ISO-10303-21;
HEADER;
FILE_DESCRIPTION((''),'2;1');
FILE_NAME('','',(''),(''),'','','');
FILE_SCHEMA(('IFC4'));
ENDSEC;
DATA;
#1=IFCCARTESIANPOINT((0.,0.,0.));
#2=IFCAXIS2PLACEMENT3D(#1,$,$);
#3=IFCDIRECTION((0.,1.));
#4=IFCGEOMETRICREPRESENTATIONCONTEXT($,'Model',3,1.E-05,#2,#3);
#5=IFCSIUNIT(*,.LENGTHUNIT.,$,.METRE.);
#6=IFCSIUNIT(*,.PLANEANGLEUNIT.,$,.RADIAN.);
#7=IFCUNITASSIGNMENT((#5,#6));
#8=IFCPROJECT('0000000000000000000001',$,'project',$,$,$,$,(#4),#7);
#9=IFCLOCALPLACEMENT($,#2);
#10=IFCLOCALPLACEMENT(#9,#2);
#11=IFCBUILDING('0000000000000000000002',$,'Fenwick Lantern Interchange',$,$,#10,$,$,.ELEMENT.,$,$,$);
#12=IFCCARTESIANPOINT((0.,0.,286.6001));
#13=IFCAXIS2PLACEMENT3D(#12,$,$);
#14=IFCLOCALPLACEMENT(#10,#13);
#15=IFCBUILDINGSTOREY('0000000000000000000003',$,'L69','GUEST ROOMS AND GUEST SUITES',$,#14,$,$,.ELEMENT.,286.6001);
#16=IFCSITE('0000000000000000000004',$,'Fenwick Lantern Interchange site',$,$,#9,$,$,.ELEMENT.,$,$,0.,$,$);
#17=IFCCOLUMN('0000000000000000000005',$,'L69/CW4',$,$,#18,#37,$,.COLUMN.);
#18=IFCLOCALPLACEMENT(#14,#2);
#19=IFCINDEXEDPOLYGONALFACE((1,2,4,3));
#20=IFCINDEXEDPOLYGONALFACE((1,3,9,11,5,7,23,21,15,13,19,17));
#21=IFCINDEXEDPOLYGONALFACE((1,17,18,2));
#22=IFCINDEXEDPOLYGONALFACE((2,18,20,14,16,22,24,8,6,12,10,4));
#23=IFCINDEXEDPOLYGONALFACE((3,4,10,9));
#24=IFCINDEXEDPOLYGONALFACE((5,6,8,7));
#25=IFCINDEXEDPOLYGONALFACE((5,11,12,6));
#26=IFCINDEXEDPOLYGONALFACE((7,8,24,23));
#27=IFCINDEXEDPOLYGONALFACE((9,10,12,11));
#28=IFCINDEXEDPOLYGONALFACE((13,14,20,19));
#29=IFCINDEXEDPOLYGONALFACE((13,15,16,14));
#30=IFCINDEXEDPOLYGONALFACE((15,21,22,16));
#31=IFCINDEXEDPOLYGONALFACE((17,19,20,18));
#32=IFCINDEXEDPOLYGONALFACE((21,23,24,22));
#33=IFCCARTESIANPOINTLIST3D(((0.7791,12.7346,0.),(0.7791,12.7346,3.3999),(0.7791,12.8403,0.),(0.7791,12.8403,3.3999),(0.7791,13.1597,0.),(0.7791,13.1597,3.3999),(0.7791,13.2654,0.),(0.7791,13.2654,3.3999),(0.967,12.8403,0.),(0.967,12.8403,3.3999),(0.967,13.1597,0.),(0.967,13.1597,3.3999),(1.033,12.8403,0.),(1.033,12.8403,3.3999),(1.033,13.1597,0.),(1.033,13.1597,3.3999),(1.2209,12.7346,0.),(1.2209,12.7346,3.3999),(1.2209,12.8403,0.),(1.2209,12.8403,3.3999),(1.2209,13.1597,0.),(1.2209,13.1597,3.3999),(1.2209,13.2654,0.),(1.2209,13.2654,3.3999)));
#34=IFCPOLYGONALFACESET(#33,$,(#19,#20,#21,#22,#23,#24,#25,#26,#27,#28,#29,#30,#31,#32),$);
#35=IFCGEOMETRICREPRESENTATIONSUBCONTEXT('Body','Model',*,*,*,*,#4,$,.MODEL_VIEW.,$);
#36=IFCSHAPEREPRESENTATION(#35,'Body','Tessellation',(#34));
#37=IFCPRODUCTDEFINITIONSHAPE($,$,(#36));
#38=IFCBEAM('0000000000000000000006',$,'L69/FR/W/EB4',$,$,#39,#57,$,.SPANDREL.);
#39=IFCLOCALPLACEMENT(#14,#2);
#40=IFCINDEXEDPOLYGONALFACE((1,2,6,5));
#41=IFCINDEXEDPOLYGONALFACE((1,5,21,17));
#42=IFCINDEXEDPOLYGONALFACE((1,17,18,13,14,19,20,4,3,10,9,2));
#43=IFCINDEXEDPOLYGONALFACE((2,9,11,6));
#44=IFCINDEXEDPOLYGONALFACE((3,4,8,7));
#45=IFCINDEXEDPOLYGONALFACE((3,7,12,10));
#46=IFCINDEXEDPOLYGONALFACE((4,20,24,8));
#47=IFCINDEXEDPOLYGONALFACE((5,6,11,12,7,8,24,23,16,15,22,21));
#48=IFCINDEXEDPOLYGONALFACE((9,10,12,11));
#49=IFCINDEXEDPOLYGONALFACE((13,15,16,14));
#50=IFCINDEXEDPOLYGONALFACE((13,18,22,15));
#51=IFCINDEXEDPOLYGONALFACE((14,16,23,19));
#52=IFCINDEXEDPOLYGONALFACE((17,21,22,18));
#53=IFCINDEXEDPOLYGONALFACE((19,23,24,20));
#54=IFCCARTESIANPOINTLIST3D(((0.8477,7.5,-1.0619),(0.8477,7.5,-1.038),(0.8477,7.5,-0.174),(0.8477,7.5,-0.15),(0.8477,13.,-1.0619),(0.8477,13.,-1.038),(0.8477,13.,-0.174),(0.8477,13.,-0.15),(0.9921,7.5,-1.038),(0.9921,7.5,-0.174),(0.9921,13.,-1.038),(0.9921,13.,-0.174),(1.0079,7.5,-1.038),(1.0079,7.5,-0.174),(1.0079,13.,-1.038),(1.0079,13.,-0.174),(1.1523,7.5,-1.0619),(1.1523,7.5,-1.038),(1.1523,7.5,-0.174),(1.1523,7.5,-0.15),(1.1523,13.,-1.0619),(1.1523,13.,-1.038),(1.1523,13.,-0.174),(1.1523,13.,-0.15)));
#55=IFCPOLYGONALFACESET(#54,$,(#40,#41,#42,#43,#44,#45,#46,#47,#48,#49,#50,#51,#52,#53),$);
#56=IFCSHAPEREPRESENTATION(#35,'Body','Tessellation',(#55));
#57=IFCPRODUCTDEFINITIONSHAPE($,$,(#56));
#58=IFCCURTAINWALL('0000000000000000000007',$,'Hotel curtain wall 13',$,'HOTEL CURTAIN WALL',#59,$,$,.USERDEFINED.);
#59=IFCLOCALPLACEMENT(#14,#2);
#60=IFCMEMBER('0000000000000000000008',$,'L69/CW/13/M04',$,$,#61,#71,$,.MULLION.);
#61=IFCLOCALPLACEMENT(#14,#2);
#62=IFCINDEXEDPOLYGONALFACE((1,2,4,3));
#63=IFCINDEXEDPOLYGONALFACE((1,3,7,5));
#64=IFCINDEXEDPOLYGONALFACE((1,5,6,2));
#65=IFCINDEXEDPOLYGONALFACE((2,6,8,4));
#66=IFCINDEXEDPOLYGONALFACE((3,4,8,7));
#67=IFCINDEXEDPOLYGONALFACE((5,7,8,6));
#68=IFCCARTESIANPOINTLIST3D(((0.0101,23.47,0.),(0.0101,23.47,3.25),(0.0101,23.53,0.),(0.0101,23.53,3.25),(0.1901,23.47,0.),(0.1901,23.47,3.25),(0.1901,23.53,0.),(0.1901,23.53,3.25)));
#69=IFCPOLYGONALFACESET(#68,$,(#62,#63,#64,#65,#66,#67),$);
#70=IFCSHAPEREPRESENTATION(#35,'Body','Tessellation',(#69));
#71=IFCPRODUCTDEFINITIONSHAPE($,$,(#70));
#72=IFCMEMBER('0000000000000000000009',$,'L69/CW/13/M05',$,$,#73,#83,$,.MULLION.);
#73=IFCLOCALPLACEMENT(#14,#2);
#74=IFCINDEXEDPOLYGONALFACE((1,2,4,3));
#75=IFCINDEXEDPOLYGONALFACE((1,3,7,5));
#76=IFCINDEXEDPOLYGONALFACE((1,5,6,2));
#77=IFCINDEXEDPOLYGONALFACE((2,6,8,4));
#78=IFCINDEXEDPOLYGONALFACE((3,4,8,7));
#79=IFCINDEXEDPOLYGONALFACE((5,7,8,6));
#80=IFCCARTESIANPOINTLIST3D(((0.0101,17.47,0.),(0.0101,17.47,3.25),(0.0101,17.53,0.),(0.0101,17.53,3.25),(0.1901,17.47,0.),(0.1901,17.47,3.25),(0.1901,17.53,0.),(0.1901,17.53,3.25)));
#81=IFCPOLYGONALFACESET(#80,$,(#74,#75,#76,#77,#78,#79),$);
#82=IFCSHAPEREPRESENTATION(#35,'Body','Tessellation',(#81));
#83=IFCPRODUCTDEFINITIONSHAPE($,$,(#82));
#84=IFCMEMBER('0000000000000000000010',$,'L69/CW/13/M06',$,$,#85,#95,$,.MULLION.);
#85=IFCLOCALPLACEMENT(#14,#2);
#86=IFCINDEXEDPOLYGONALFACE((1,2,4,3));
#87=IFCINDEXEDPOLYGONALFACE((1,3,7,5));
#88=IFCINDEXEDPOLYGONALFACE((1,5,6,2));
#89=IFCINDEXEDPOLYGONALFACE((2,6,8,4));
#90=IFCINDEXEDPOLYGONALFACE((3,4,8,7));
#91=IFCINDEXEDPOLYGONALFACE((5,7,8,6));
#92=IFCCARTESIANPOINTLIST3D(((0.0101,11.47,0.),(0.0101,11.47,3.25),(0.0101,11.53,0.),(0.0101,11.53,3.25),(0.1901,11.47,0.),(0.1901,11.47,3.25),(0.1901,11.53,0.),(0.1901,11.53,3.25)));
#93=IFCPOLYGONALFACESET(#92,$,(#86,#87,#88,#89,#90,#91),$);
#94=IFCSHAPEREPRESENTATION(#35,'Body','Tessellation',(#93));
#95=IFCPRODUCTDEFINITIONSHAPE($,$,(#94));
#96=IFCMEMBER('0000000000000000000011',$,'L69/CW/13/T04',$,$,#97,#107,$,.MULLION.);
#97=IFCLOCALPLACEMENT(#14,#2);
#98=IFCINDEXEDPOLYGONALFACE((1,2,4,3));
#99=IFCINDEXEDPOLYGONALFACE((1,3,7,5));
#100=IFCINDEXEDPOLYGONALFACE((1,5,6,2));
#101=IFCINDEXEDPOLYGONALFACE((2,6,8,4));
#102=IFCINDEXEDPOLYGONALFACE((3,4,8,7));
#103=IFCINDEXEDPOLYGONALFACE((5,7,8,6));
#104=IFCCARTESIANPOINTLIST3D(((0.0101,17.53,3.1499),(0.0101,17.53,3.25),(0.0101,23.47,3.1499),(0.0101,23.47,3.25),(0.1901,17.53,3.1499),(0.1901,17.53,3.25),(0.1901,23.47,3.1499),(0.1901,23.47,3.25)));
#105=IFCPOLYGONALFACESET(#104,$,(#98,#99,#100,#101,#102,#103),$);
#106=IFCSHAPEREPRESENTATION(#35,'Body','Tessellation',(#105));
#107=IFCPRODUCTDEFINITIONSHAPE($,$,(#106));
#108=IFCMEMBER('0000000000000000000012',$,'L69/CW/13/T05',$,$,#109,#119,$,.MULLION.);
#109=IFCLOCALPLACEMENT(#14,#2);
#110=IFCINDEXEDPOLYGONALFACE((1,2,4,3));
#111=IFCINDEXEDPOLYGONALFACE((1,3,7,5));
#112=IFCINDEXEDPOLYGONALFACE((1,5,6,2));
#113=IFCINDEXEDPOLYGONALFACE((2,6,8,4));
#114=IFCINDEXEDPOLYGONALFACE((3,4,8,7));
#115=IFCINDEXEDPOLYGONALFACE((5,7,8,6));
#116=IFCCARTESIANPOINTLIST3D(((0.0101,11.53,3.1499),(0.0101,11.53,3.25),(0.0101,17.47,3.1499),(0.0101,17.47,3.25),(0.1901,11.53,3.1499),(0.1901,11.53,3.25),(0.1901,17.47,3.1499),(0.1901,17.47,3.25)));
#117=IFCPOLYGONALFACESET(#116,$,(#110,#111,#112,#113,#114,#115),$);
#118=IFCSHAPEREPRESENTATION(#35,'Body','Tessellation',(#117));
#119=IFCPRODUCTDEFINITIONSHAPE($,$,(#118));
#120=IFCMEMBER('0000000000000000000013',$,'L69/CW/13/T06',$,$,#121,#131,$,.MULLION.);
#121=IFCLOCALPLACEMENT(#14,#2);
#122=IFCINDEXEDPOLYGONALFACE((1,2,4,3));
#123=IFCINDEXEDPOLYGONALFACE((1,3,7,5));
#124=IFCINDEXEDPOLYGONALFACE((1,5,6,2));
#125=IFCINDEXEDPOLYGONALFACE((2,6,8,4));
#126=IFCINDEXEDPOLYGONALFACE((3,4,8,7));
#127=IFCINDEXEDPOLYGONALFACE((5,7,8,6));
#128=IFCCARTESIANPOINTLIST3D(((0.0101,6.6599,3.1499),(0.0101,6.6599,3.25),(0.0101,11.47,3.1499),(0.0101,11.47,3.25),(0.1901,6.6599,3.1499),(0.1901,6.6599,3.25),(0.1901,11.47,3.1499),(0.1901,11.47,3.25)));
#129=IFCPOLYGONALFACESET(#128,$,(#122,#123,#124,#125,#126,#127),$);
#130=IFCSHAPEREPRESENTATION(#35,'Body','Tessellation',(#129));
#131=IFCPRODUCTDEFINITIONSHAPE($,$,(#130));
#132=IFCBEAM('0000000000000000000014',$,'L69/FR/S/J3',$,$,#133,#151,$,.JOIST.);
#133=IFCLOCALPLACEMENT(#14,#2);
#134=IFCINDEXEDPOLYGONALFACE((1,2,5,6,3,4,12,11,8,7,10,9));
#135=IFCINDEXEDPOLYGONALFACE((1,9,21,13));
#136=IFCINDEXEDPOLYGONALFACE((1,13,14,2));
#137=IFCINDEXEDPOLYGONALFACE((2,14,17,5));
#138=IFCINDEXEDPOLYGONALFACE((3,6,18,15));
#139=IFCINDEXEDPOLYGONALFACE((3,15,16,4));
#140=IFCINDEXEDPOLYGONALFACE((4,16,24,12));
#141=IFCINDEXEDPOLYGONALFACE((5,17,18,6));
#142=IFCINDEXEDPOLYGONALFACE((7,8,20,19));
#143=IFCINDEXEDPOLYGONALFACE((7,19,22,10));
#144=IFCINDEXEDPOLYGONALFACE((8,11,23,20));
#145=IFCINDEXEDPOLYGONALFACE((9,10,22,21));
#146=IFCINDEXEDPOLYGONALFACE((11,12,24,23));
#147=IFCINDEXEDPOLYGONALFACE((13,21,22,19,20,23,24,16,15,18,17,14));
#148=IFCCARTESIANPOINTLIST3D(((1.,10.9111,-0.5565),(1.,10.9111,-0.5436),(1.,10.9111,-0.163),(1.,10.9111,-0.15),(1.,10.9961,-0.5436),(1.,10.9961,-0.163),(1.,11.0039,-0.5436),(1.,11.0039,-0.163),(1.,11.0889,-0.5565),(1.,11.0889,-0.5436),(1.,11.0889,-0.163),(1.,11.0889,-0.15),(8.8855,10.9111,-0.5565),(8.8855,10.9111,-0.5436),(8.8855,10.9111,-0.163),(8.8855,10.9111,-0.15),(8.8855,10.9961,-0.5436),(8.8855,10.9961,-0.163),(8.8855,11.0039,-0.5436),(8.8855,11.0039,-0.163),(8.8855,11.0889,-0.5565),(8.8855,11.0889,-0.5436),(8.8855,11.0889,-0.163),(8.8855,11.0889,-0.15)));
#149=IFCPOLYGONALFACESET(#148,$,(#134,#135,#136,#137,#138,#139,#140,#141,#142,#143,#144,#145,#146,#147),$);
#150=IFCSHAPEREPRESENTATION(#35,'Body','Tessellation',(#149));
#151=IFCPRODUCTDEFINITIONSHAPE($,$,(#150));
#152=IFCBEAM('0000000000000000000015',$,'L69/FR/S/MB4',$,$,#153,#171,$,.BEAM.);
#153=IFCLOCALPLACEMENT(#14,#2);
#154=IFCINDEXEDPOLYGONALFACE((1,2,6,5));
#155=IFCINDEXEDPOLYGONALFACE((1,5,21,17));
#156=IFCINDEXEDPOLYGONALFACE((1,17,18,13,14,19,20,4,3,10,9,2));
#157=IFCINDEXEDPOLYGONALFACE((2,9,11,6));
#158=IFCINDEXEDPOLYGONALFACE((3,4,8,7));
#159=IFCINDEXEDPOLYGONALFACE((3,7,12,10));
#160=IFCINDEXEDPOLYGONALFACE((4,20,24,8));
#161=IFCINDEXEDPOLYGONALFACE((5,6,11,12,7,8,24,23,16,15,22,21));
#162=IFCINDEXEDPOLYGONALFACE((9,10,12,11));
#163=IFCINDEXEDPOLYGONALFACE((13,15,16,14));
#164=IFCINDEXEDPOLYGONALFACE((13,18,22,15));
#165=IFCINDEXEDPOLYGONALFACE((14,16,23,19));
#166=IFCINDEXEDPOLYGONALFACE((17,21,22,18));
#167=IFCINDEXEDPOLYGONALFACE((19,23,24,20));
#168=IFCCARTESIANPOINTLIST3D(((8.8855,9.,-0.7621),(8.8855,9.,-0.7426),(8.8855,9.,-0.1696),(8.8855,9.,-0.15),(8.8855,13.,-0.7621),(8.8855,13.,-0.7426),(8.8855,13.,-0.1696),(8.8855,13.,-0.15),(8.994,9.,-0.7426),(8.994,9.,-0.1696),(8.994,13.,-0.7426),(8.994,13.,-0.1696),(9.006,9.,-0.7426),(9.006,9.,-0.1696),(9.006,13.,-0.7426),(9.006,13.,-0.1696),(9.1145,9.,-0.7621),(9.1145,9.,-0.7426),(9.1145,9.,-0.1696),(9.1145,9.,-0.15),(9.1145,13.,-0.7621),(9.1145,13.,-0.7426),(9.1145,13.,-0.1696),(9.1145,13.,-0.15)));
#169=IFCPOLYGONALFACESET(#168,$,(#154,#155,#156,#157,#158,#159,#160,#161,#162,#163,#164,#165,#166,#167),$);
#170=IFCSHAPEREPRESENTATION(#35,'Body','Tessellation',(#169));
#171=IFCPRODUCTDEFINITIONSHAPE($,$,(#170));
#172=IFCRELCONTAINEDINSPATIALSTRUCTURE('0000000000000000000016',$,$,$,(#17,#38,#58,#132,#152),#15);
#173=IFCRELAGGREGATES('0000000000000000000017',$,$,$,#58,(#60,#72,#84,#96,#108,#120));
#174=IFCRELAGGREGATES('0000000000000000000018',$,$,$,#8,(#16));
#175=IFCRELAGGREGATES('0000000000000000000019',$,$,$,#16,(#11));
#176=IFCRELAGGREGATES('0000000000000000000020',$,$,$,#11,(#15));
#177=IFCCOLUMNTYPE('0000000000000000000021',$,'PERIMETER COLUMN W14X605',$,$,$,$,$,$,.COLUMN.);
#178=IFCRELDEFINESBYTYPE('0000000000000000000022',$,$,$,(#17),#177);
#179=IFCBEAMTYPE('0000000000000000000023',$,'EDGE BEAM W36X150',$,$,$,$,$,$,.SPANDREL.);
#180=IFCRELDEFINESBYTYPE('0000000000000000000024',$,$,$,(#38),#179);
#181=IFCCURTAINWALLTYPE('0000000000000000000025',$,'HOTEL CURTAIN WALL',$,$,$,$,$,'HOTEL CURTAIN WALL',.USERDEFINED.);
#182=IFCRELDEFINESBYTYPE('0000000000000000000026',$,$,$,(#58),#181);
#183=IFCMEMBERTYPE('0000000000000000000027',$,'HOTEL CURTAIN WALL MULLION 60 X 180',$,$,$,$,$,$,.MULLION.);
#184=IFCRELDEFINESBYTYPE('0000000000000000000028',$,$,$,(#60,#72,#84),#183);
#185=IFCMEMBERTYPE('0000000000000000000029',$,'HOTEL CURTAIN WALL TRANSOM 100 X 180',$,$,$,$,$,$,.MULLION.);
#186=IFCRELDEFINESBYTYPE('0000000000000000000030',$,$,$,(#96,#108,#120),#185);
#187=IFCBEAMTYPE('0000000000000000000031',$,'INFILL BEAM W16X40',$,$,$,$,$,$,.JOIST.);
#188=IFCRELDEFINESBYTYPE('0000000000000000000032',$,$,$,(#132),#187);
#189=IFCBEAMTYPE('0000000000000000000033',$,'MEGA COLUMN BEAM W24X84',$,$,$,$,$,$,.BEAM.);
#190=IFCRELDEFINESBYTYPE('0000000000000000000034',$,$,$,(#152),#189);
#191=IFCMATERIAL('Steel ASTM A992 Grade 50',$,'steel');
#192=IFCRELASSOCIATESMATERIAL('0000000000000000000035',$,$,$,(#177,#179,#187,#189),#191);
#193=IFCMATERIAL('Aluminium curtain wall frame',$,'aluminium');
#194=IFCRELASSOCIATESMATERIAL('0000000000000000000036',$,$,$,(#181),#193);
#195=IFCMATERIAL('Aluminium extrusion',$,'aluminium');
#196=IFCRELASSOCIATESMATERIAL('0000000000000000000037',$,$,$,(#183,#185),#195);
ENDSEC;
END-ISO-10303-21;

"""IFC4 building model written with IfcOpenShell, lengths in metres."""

from ifc_helpers import new_model, si_unit, direction, frame, origin, origin_2d, place, context, subcontext, project, spatial, rectangle, i_section, extrude, material, material_profile, profile_set, type_object, element, aggregate, save


model = new_model("IFC4")

# Units and contexts
model_context = context("Model", 3, precision=1e-05, world=origin(), true_north=direction((0.0, 1.0)))
body_context = subcontext(model_context, "Body", "Model", "MODEL_VIEW")
ifc_project = project(units=[si_unit("LENGTHUNIT", "METRE"), si_unit("PLANEANGLEUNIT", "RADIAN")], contexts=[model_context])

# Site, building, storey
site_placement = place(None, origin())
site = spatial("IfcSite", under=ifc_project, at=site_placement, Name="Fenwick Lantern Interchange site", CompositionType="ELEMENT", RefElevation=0.0)
building_placement = place(site_placement, origin())
building = spatial("IfcBuilding", under=site, at=building_placement, Name="Fenwick Lantern Interchange", CompositionType="ELEMENT")
storey_placement = place(building_placement, frame((0.0, 0.0, 286.6001)))
storey = spatial("IfcBuildingStorey", under=building, at=storey_placement, Name="L69", Description="GUEST ROOMS AND GUEST SUITES", CompositionType="ELEMENT", Elevation=286.6001)

# Column
ifc_material_1 = material(Name="Steel ASTM A992 Grade 50", Category="steel")
ifc_material_profile_1 = material_profile(ifc_material_1, i_section(OverallWidth=0.4419, OverallDepth=0.5308, WebThickness=0.0659, FlangeThickness=0.1057, at=origin_2d()), Name="W14X605")
ifc_profile_set_1 = profile_set([ifc_material_profile_1], Name="Steel ASTM A992 Grade 50")
column_type = type_object("IfcColumnType", Name="PERIMETER COLUMN W14X605", PredefinedType="COLUMN", material=ifc_profile_set_1)
column_placement = place(storey_placement, frame((1.0, 13.0, 0.0), z_axis=(0.0, 0.0, 1.0), x_axis=(1.0, 0.0, 0.0)))
element("IfcColumn", 1, at=column_placement, inside=storey, type_object=column_type, Name="L69/CW4", PredefinedType="COLUMN", context=body_context, shape_type="SweptSolid", body=[
    extrude(i_section(OverallWidth=0.4419, OverallDepth=0.5308, WebThickness=0.0659, FlangeThickness=0.1057, at=origin_2d()), origin(), (0.0, 0.0, 1.0), 3.3999),
])

# Beam
ifc_material_profile_2 = material_profile(ifc_material_1, i_section(OverallWidth=0.3047, OverallDepth=0.9119, WebThickness=0.0159, FlangeThickness=0.0239, at=origin_2d()), Name="W36X150")
ifc_profile_set_2 = profile_set([ifc_material_profile_2], Name="Steel ASTM A992 Grade 50")
beam_type_1 = type_object("IfcBeamType", Name="EDGE BEAM W36X150", PredefinedType="SPANDREL", material=ifc_profile_set_2)
beam_1_placement = place(storey_placement, frame((1.0, 13.0, -0.606), z_axis=(0.0, -1.0, 0.0), x_axis=(1.0, 0.0, 0.0)))
element("IfcBeam", 2, at=beam_1_placement, inside=storey, type_object=beam_type_1, Name="L69/FR/W/EB4", PredefinedType="SPANDREL", context=body_context, shape_type="SweptSolid", body=[
    extrude(i_section(OverallWidth=0.3047, OverallDepth=0.9119, WebThickness=0.0159, FlangeThickness=0.0239, at=origin_2d()), origin(), (0.0, 0.0, 1.0), 5.5),
])

# Curtain wall, members
ifc_material_2 = material(Name="Aluminium curtain wall frame", Category="aluminium")
curtain_wall_type = type_object("IfcCurtainWallType", Name="HOTEL CURTAIN WALL", ElementType="HOTEL CURTAIN WALL", PredefinedType="USERDEFINED", material=ifc_material_2)
curtain_wall_placement = place(storey_placement, origin())
curtain_wall = element("IfcCurtainWall", 3, at=curtain_wall_placement, inside=storey, type_object=curtain_wall_type, Name="Hotel curtain wall 13", ObjectType="HOTEL CURTAIN WALL", PredefinedType="USERDEFINED")
ifc_material_3 = material(Name="Aluminium extrusion", Category="aluminium")
ifc_material_profile_3 = material_profile(ifc_material_3, rectangle(XDim=0.1799, YDim=0.0601, at=origin_2d()), Name="HOTEL CURTAIN WALL MULLION 60 X 180")
ifc_profile_set_3 = profile_set([ifc_material_profile_3], Name="Aluminium extrusion")
member_type_1 = type_object("IfcMemberType", Name="HOTEL CURTAIN WALL MULLION 60 X 180", PredefinedType="MULLION", material=ifc_profile_set_3)
member_1_placement = place(storey_placement, frame((0.1001, 23.5, 0.0), z_axis=(0.0, 0.0, 1.0), x_axis=(1.0, 0.0, 0.0)))
member_1 = element("IfcMember", 4, at=member_1_placement, type_object=member_type_1, Name="L69/CW/13/M04", PredefinedType="MULLION", context=body_context, shape_type="SweptSolid", body=[
    extrude(rectangle(XDim=0.1799, YDim=0.0601, at=origin_2d()), origin(), (0.0, 0.0, 1.0), 3.25),
])
member_2_placement = place(storey_placement, frame((0.1001, 17.5, 0.0), z_axis=(0.0, 0.0, 1.0), x_axis=(1.0, 0.0, 0.0)))
member_2 = element("IfcMember", 5, at=member_2_placement, type_object=member_type_1, Name="L69/CW/13/M05", PredefinedType="MULLION", context=body_context, shape_type="SweptSolid", body=[
    extrude(rectangle(XDim=0.1799, YDim=0.0601, at=origin_2d()), origin(), (0.0, 0.0, 1.0), 3.25),
])
member_3_placement = place(storey_placement, frame((0.1001, 11.5, 0.0), z_axis=(0.0, 0.0, 1.0), x_axis=(1.0, 0.0, 0.0)))
member_3 = element("IfcMember", 6, at=member_3_placement, type_object=member_type_1, Name="L69/CW/13/M06", PredefinedType="MULLION", context=body_context, shape_type="SweptSolid", body=[
    extrude(rectangle(XDim=0.1799, YDim=0.0601, at=origin_2d()), origin(), (0.0, 0.0, 1.0), 3.25),
])
ifc_material_profile_4 = material_profile(ifc_material_3, rectangle(XDim=0.1799, YDim=0.1001, at=origin_2d()), Name="HOTEL CURTAIN WALL TRANSOM 100 X 180")
ifc_profile_set_4 = profile_set([ifc_material_profile_4], Name="Aluminium extrusion")
member_type_2 = type_object("IfcMemberType", Name="HOTEL CURTAIN WALL TRANSOM 100 X 180", PredefinedType="MULLION", material=ifc_profile_set_4)
member_4_placement = place(storey_placement, frame((0.1001, 23.47, 3.2), z_axis=(0.0, -1.0, 0.0), x_axis=(1.0, 0.0, 0.0)))
member_4 = element("IfcMember", 7, at=member_4_placement, type_object=member_type_2, Name="L69/CW/13/T04", PredefinedType="MULLION", context=body_context, shape_type="SweptSolid", body=[
    extrude(rectangle(XDim=0.1799, YDim=0.1001, at=origin_2d()), origin(), (0.0, 0.0, 1.0), 5.9399),
])
member_5_placement = place(storey_placement, frame((0.1001, 17.47, 3.2), z_axis=(0.0, -1.0, 0.0), x_axis=(1.0, 0.0, 0.0)))
member_5 = element("IfcMember", 8, at=member_5_placement, type_object=member_type_2, Name="L69/CW/13/T05", PredefinedType="MULLION", context=body_context, shape_type="SweptSolid", body=[
    extrude(rectangle(XDim=0.1799, YDim=0.1001, at=origin_2d()), origin(), (0.0, 0.0, 1.0), 5.9399),
])
member_6_placement = place(storey_placement, frame((0.1001, 11.47, 3.2), z_axis=(0.0, -1.0, 0.0), x_axis=(1.0, 0.0, 0.0)))
member_6 = element("IfcMember", 9, at=member_6_placement, type_object=member_type_2, Name="L69/CW/13/T06", PredefinedType="MULLION", context=body_context, shape_type="SweptSolid", body=[
    extrude(rectangle(XDim=0.1799, YDim=0.1001, at=origin_2d()), origin(), (0.0, 0.0, 1.0), 4.8101),
])
aggregate(curtain_wall, [member_1, member_2, member_3, member_4, member_5, member_6])

# Beams
ifc_material_profile_5 = material_profile(ifc_material_1, i_section(OverallWidth=0.1777, OverallDepth=0.4065, WebThickness=0.0078, FlangeThickness=0.0129, at=origin_2d()), Name="W16X40")
ifc_profile_set_5 = profile_set([ifc_material_profile_5], Name="Steel ASTM A992 Grade 50")
beam_type_2 = type_object("IfcBeamType", Name="INFILL BEAM W16X40", PredefinedType="JOIST", material=ifc_profile_set_5)
beam_2_placement = place(storey_placement, frame((1.0, 11.0, -0.3533), z_axis=(1.0, 0.0, 0.0), x_axis=(0.0, 1.0, 0.0)))
element("IfcBeam", 10, at=beam_2_placement, inside=storey, type_object=beam_type_2, Name="L69/FR/S/J3", PredefinedType="JOIST", context=body_context, shape_type="SweptSolid", body=[
    extrude(i_section(OverallWidth=0.1777, OverallDepth=0.4065, WebThickness=0.0078, FlangeThickness=0.0129, at=origin_2d()), origin(), (0.0, 0.0, 1.0), 7.8855),
])
ifc_material_profile_6 = material_profile(ifc_material_1, i_section(OverallWidth=0.229, OverallDepth=0.6121, WebThickness=0.012, FlangeThickness=0.0195, at=origin_2d()), Name="W24X84")
ifc_profile_set_6 = profile_set([ifc_material_profile_6], Name="Steel ASTM A992 Grade 50")
beam_type_3 = type_object("IfcBeamType", Name="MEGA COLUMN BEAM W24X84", PredefinedType="BEAM", material=ifc_profile_set_6)
beam_3_placement = place(storey_placement, frame((9.0, 9.0, -0.4561), z_axis=(0.0, 1.0, 0.0), x_axis=(-1.0, 0.0, 0.0)))
element("IfcBeam", 11, at=beam_3_placement, inside=storey, type_object=beam_type_3, Name="L69/FR/S/MB4", PredefinedType="BEAM", context=body_context, shape_type="SweptSolid", body=[
    extrude(i_section(OverallWidth=0.229, OverallDepth=0.6121, WebThickness=0.012, FlangeThickness=0.0195, at=origin_2d()), origin(), (0.0, 0.0, 1.0), 4.0),
])

save(model, "model.ifc")
